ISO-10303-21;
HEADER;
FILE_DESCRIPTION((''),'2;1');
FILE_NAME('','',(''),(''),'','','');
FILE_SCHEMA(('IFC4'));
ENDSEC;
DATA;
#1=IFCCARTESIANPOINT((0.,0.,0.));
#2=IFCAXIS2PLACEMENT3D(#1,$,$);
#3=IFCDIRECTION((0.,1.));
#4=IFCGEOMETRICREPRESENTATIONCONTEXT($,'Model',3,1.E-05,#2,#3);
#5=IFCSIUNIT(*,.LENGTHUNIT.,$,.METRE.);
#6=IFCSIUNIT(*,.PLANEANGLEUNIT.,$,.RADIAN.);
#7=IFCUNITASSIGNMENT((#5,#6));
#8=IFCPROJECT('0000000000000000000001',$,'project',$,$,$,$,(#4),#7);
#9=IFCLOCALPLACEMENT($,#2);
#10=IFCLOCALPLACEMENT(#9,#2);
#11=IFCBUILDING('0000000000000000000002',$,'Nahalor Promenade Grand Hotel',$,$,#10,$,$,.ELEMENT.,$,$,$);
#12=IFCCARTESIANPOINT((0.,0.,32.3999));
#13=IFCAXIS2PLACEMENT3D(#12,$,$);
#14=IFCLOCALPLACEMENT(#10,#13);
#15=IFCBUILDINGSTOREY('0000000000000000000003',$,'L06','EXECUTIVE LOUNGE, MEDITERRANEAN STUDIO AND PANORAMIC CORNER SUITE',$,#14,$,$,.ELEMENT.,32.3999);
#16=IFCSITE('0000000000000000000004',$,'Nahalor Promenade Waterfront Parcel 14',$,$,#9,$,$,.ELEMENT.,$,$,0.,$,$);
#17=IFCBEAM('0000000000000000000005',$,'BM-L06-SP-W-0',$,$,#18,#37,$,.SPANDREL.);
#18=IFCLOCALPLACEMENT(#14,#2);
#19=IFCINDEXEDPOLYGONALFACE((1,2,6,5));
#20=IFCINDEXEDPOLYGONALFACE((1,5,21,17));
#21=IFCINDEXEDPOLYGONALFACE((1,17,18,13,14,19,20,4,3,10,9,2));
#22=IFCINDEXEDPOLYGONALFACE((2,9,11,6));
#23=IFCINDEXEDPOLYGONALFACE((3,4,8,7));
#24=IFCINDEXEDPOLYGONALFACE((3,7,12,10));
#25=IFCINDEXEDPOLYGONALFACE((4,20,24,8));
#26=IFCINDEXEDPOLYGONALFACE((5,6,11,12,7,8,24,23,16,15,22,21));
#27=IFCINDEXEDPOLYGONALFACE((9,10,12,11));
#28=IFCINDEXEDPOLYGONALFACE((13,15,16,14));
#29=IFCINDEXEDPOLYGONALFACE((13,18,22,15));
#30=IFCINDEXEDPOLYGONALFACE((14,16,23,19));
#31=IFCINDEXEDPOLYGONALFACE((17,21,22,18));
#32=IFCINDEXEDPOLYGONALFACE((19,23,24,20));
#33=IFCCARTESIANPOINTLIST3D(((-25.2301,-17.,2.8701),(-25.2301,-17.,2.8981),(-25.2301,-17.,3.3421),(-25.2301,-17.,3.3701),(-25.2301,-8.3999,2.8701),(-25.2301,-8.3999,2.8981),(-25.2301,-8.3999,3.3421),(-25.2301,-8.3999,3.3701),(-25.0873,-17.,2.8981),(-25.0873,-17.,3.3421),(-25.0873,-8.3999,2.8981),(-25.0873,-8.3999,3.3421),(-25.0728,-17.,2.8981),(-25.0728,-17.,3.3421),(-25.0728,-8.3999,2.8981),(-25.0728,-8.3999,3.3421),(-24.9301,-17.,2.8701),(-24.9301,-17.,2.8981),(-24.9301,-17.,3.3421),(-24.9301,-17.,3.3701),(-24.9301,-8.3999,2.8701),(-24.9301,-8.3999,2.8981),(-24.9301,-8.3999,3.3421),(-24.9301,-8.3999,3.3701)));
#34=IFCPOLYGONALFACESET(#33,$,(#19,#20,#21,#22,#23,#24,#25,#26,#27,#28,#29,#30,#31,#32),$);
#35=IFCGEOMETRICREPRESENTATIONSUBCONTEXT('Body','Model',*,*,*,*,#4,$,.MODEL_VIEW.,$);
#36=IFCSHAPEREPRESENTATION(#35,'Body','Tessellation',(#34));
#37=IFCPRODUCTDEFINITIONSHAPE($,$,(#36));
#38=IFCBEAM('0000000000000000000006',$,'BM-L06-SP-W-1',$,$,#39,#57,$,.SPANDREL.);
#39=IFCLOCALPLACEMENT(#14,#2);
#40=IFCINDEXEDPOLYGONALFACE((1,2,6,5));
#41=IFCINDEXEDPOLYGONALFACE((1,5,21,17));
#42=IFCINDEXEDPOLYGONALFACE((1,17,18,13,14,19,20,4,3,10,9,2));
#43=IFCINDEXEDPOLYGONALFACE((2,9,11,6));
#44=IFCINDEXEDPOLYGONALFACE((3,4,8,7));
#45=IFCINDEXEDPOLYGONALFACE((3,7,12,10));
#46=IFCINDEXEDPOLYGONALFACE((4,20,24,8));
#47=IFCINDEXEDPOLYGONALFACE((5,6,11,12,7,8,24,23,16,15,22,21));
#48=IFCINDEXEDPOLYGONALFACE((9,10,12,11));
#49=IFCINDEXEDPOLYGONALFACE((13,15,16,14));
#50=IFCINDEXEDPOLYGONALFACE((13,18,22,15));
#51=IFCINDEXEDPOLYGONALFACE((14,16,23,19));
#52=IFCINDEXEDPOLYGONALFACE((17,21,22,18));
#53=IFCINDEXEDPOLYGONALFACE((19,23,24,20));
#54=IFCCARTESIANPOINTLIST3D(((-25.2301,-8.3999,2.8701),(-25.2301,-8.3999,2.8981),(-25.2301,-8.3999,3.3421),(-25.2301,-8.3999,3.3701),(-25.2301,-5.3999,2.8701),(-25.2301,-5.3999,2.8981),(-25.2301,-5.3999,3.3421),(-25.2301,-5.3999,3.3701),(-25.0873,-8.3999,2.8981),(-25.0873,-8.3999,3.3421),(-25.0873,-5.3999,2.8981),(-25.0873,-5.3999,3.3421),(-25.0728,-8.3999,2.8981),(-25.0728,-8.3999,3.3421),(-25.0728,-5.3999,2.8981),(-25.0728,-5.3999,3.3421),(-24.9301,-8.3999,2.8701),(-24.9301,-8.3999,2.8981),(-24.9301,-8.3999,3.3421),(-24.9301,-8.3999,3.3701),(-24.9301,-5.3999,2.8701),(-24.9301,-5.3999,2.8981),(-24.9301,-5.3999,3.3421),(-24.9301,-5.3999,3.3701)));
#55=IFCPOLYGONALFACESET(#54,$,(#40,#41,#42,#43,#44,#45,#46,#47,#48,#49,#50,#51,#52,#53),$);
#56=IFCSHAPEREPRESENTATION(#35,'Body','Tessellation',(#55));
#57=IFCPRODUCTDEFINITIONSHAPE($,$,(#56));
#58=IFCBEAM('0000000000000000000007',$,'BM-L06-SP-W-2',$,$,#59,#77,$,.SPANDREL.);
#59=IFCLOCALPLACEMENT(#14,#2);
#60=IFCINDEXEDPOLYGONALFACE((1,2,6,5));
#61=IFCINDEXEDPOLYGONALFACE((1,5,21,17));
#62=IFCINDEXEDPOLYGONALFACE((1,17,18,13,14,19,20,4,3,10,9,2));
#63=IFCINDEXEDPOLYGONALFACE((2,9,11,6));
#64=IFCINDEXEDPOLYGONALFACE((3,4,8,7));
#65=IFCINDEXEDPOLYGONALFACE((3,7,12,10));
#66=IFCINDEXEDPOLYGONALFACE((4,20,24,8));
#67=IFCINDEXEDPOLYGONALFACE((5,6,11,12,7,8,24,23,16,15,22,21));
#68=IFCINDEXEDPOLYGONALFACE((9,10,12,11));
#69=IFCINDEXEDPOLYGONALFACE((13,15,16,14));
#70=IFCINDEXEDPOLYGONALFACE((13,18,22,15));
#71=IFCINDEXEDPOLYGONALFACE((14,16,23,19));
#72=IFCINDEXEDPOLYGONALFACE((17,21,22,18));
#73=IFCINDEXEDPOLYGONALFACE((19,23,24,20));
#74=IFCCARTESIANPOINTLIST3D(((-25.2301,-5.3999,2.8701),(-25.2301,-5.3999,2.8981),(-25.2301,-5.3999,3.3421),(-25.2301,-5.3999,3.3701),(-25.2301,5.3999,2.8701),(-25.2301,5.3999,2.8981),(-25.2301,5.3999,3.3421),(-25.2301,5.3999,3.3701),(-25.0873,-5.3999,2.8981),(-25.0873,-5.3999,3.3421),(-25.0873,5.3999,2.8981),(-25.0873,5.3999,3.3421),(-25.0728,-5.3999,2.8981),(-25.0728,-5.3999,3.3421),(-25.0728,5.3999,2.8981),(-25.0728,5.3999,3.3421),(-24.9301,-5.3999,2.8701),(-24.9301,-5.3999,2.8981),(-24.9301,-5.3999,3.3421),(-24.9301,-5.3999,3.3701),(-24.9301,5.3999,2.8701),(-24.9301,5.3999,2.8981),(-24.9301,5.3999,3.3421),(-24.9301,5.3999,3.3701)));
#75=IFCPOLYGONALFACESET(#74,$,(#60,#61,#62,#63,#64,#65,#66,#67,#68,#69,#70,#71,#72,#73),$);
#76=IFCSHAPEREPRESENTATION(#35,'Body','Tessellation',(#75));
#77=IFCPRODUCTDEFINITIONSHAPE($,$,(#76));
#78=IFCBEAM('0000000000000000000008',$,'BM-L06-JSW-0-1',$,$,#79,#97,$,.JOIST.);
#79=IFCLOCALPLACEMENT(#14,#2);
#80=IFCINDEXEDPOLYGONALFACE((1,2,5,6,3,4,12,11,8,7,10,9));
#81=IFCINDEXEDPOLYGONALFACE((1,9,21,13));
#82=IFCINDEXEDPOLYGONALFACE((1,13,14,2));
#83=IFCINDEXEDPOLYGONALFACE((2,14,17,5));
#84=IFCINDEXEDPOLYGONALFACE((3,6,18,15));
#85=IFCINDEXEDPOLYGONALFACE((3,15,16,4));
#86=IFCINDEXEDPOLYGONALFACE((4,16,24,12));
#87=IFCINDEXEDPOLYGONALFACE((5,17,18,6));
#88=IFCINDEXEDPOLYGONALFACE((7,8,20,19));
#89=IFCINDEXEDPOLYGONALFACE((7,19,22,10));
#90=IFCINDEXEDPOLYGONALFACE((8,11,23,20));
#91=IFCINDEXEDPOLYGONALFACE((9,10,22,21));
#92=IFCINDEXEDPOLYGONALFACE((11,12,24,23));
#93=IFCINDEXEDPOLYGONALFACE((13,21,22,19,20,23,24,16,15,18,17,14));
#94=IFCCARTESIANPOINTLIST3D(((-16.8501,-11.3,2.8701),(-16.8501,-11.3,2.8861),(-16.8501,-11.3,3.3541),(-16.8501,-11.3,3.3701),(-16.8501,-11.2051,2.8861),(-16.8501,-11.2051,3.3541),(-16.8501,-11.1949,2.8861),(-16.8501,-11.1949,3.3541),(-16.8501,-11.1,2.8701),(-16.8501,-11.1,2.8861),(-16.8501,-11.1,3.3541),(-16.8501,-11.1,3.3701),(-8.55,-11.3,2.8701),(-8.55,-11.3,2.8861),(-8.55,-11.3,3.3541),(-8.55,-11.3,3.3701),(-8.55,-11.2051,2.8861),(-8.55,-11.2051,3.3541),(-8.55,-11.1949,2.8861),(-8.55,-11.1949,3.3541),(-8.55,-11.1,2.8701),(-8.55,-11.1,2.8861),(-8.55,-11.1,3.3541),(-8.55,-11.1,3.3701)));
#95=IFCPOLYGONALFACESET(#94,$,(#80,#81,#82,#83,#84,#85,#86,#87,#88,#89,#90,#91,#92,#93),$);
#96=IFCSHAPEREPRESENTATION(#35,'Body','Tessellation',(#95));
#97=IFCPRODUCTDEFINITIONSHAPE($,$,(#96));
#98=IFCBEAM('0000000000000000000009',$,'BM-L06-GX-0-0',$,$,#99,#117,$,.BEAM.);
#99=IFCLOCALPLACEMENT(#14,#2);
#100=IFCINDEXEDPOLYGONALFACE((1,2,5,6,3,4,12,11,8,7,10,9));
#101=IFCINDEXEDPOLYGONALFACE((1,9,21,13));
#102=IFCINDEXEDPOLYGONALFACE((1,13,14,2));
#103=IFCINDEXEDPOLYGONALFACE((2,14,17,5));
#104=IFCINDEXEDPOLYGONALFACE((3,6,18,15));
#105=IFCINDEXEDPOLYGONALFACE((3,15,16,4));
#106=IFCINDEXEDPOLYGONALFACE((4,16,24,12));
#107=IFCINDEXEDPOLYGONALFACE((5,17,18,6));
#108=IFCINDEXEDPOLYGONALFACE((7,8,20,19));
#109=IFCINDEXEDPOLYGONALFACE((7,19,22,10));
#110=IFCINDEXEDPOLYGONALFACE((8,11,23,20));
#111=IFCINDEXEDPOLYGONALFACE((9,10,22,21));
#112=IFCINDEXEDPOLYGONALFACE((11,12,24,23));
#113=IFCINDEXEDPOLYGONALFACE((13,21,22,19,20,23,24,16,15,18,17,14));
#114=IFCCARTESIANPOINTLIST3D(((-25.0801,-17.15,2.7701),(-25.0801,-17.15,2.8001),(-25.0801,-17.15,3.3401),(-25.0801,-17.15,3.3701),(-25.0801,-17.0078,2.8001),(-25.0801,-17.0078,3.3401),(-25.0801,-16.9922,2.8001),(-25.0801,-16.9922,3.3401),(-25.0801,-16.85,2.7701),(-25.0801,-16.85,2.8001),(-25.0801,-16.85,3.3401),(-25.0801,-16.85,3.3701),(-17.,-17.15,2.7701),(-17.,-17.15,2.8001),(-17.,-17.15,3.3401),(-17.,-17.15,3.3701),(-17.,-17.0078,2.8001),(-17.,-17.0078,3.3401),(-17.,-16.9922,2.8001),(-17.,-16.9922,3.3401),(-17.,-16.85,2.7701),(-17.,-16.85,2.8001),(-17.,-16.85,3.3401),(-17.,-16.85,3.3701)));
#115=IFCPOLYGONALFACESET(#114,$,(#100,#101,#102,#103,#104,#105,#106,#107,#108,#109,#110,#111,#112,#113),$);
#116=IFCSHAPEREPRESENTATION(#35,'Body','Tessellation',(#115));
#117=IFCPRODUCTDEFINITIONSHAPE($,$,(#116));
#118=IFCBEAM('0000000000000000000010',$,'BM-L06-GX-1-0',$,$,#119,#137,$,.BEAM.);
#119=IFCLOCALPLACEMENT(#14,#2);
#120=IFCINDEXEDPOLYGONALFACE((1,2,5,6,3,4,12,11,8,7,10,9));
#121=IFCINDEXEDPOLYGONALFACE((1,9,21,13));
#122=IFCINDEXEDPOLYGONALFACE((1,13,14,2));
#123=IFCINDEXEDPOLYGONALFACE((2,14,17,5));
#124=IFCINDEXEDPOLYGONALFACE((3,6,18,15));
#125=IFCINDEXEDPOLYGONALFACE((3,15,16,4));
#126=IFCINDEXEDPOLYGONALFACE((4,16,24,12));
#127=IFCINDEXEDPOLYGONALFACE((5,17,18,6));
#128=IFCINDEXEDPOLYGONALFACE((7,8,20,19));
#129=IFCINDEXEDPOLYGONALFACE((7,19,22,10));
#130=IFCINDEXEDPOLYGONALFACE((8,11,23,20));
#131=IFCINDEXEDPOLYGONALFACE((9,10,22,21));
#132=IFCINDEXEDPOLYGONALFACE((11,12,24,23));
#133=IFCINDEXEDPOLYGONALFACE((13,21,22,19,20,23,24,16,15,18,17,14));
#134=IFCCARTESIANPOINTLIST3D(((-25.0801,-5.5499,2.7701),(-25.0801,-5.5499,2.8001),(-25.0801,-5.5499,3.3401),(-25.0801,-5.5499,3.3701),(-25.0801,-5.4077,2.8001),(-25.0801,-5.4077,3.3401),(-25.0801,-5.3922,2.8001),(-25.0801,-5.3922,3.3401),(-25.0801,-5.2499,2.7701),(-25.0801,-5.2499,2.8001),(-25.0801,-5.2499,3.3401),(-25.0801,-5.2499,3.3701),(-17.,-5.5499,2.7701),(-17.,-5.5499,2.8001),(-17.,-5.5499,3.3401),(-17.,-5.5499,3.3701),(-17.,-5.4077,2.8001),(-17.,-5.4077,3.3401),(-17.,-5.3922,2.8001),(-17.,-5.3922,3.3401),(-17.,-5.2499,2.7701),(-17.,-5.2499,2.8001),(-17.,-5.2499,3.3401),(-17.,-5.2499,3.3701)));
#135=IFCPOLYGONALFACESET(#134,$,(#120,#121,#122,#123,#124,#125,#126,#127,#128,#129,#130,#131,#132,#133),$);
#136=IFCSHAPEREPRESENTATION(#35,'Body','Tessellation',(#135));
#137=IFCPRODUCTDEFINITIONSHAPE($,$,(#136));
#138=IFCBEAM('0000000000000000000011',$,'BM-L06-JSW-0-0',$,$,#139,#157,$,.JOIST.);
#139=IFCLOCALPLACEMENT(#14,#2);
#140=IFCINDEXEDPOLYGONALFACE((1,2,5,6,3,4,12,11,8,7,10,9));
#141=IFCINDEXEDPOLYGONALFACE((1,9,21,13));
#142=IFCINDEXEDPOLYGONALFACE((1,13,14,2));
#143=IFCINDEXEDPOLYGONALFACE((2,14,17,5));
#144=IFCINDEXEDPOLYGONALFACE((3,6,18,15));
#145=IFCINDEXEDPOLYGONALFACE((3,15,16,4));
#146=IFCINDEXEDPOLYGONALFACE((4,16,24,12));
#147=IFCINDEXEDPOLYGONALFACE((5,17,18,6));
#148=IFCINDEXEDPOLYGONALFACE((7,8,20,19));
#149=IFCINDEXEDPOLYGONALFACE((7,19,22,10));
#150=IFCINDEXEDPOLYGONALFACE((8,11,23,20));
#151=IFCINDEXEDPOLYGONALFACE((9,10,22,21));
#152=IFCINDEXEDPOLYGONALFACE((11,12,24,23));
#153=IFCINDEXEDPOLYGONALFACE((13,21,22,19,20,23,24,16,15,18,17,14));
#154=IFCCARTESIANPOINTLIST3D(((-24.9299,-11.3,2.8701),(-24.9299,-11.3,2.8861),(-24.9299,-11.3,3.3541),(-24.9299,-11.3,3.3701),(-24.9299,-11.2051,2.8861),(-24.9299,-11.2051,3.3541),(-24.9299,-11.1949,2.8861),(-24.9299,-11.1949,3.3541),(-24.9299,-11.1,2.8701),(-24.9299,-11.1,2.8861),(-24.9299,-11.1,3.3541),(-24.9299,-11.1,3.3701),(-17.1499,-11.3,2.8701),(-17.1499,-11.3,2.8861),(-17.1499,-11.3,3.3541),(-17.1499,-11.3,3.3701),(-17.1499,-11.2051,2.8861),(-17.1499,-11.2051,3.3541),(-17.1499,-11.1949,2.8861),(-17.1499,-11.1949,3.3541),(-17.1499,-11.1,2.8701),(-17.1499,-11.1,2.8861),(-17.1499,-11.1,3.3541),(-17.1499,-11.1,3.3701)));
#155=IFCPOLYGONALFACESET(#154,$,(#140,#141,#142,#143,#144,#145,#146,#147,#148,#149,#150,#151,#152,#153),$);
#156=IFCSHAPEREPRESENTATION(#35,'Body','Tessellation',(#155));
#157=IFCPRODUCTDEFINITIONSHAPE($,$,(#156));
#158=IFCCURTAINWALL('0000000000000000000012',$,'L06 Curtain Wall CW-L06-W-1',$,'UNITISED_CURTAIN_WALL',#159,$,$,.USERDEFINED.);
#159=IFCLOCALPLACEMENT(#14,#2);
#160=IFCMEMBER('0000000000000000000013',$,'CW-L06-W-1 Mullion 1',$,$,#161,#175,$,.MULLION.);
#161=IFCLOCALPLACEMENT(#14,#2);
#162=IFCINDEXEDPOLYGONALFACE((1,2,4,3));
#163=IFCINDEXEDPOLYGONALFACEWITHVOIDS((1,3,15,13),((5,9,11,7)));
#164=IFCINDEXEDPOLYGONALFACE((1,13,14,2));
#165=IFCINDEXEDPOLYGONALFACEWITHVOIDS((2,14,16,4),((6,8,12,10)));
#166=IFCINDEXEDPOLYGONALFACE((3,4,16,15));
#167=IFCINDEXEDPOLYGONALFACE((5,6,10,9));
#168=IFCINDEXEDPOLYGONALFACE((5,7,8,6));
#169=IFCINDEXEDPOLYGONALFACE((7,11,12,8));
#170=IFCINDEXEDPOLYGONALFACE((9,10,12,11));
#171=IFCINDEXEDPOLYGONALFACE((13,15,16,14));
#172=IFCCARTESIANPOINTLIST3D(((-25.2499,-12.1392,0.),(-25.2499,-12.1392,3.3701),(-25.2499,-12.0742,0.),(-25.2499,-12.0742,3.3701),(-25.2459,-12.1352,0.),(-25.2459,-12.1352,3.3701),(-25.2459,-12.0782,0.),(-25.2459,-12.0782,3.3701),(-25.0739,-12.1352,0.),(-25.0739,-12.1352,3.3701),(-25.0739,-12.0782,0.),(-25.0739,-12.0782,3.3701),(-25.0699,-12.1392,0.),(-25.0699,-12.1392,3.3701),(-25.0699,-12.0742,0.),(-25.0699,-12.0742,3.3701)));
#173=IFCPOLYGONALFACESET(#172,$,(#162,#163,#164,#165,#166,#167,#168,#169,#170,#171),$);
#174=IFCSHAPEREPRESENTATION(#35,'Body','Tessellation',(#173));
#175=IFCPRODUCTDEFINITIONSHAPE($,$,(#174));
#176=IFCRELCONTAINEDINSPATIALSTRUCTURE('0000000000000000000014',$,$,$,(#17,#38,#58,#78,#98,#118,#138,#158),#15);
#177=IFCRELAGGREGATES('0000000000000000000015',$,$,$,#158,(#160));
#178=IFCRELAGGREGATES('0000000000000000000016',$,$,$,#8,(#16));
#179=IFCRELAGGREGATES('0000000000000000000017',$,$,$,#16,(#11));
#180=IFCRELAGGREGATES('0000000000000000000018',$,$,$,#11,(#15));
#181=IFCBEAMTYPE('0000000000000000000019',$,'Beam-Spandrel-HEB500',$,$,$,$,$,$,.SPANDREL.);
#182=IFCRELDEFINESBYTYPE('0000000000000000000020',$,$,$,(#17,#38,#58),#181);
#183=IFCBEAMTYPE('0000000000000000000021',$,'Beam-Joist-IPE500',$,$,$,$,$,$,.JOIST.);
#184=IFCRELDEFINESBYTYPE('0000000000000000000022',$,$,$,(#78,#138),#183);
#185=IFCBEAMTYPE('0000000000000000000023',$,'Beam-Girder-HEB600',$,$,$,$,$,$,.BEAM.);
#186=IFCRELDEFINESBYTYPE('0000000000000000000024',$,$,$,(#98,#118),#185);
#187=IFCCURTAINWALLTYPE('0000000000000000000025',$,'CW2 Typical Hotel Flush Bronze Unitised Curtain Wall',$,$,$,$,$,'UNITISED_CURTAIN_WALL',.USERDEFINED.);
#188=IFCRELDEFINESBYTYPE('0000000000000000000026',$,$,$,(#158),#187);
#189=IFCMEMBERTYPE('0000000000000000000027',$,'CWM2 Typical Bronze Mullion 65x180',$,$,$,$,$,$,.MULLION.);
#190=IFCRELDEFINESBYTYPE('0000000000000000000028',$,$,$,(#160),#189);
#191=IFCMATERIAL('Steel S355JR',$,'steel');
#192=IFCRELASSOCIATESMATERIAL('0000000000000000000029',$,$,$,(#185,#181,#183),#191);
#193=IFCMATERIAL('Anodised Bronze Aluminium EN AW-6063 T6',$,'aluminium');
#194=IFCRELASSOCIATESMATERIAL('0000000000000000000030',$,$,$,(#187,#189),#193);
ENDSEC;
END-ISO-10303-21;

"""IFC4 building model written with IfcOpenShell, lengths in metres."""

from ifc_helpers import new_model, si_unit, direction, frame, origin, origin_2d, place, context, subcontext, project, spatial, hollow_rectangle, i_section, extrude, source, transform, mapped, material, material_profile, profile_set, type_object, element, aggregate, save


model = new_model("IFC4")

# Units and contexts
model_context = context("Model", 3, precision=1e-05, world=origin(), true_north=direction((0.0, 1.0)))
body_context = subcontext(model_context, "Body", "Model", "MODEL_VIEW")
ifc_project = project(units=[si_unit("LENGTHUNIT", "METRE"), si_unit("PLANEANGLEUNIT", "RADIAN")], contexts=[model_context])

# Site, building, storey
site_placement = place(None, origin())
site = spatial("IfcSite", under=ifc_project, at=site_placement, Name="Nahalor Promenade Waterfront Parcel 14", CompositionType="ELEMENT", RefElevation=0.0)
building_placement = place(site_placement, origin())
building = spatial("IfcBuilding", under=site, at=building_placement, Name="Nahalor Promenade Grand Hotel", CompositionType="ELEMENT")
storey_placement = place(building_placement, frame((0.0, 0.0, 32.3999)))
storey = spatial("IfcBuildingStorey", under=building, at=storey_placement, Name="L06", Description="EXECUTIVE LOUNGE, MEDITERRANEAN STUDIO AND PANORAMIC CORNER SUITE", CompositionType="ELEMENT", Elevation=32.3999)

# Beams
ifc_material_1 = material(Name="Steel S355JR", Category="steel")
ifc_material_profile_1 = material_profile(ifc_material_1, i_section(OverallWidth=0.3, OverallDepth=0.6, WebThickness=0.0155, FlangeThickness=0.03, at=origin_2d()), Name="HEB 600")
ifc_profile_set_1 = profile_set([ifc_material_profile_1], Name="Steel S355JR")
beam_type_1 = type_object("IfcBeamType", Name="Beam-Girder-HEB600", PredefinedType="BEAM", material=ifc_profile_set_1)
ifc_material_profile_2 = material_profile(ifc_material_1, i_section(OverallWidth=0.3, OverallDepth=0.5, WebThickness=0.0145, FlangeThickness=0.028, at=origin_2d()), Name="HEB 500")
ifc_profile_set_2 = profile_set([ifc_material_profile_2], Name="Steel S355JR")
beam_type_2 = type_object("IfcBeamType", Name="Beam-Spandrel-HEB500", PredefinedType="SPANDREL", material=ifc_profile_set_2)
shared_shape_1 = source(origin(), body_context, "Body", "SweptSolid", [
    extrude(i_section(OverallWidth=0.3, OverallDepth=0.5, WebThickness=0.0145, FlangeThickness=0.028, at=origin_2d()), origin(), (0.0, 0.0, 1.0), 8.6001),
])
beam_1_placement = place(storey_placement, frame((-25.0801, -17.0, 3.1201), z_axis=(0.0, 1.0, 0.0), x_axis=(-1.0, 0.0, 0.0)))
element("IfcBeam", 1, at=beam_1_placement, inside=storey, type_object=beam_type_2, Name="BM-L06-SP-W-0", PredefinedType="SPANDREL", context=body_context, shape_type="MappedRepresentation", body=[
    mapped(shared_shape_1, transform((0.0, 0.0, 0.0), scale=1.0)),
])
shared_shape_2 = source(origin(), body_context, "Body", "SweptSolid", [
    extrude(i_section(OverallWidth=0.3, OverallDepth=0.5, WebThickness=0.0145, FlangeThickness=0.028, at=origin_2d()), origin(), (0.0, 0.0, 1.0), 3.0),
])
beam_2_placement = place(storey_placement, frame((-25.0801, -8.3999, 3.1201), z_axis=(0.0, 1.0, 0.0), x_axis=(-1.0, 0.0, 0.0)))
element("IfcBeam", 2, at=beam_2_placement, inside=storey, type_object=beam_type_2, Name="BM-L06-SP-W-1", PredefinedType="SPANDREL", context=body_context, shape_type="MappedRepresentation", body=[
    mapped(shared_shape_2, transform((0.0, 0.0, 0.0), scale=1.0)),
])
shared_shape_3 = source(origin(), body_context, "Body", "SweptSolid", [
    extrude(i_section(OverallWidth=0.3, OverallDepth=0.5, WebThickness=0.0145, FlangeThickness=0.028, at=origin_2d()), origin(), (0.0, 0.0, 1.0), 10.7998),
])
beam_3_placement = place(storey_placement, frame((-25.0801, -5.3999, 3.1201), z_axis=(0.0, 1.0, 0.0), x_axis=(-1.0, 0.0, 0.0)))
element("IfcBeam", 3, at=beam_3_placement, inside=storey, type_object=beam_type_2, Name="BM-L06-SP-W-2", PredefinedType="SPANDREL", context=body_context, shape_type="MappedRepresentation", body=[
    mapped(shared_shape_3, transform((0.0, 0.0, 0.0), scale=1.0)),
])
ifc_material_profile_3 = material_profile(ifc_material_1, i_section(OverallWidth=0.2, OverallDepth=0.5, WebThickness=0.0102, FlangeThickness=0.016, at=origin_2d()), Name="IPE 500")
ifc_profile_set_3 = profile_set([ifc_material_profile_3], Name="Steel S355JR")
beam_type_3 = type_object("IfcBeamType", Name="Beam-Joist-IPE500", PredefinedType="JOIST", material=ifc_profile_set_3)
shared_shape_4 = source(origin(), body_context, "Body", "SweptSolid", [
    extrude(i_section(OverallWidth=0.2, OverallDepth=0.5, WebThickness=0.0102, FlangeThickness=0.016, at=origin_2d()), origin(), (0.0, 0.0, 1.0), 8.3),
])
beam_4_placement = place(storey_placement, frame((-16.8501, -11.2, 3.1201), z_axis=(1.0, 0.0, 0.0), x_axis=(0.0, 1.0, 0.0)))
element("IfcBeam", 4, at=beam_4_placement, inside=storey, type_object=beam_type_3, Name="BM-L06-JSW-0-1", PredefinedType="JOIST", context=body_context, shape_type="MappedRepresentation", body=[
    mapped(shared_shape_4, transform((0.0, 0.0, 0.0), scale=1.0)),
])
shared_shape_5 = source(origin(), body_context, "Body", "SweptSolid", [
    extrude(i_section(OverallWidth=0.3, OverallDepth=0.6, WebThickness=0.0155, FlangeThickness=0.03, at=origin_2d()), origin(), (0.0, 0.0, 1.0), 8.0801),
])
for number, where, z_axis, x_axis, name in (
    (5, (-25.0801, -17.0, 3.0701), (1.0, 0.0, 0.0), (0.0, 1.0, 0.0), "BM-L06-GX-0-0"),
    (6, (-25.0801, -5.3999, 3.0701), (1.0, 0.0, 0.0), (0.0, 1.0, 0.0), "BM-L06-GX-1-0"),
):
    element("IfcBeam", number, at=place(storey_placement, frame(where, z_axis=z_axis, x_axis=x_axis)), inside=storey, type_object=beam_type_1, Name=name, PredefinedType="BEAM", context=body_context, shape_type="MappedRepresentation", body=[
        mapped(shared_shape_5, transform((0.0, 0.0, 0.0), scale=1.0)),
    ])
shared_shape_6 = source(origin(), body_context, "Body", "SweptSolid", [
    extrude(i_section(OverallWidth=0.2, OverallDepth=0.5, WebThickness=0.0102, FlangeThickness=0.016, at=origin_2d()), origin(), (0.0, 0.0, 1.0), 7.78),
])
beam_5_placement = place(storey_placement, frame((-24.9299, -11.2, 3.1201), z_axis=(1.0, 0.0, 0.0), x_axis=(0.0, 1.0, 0.0)))
element("IfcBeam", 7, at=beam_5_placement, inside=storey, type_object=beam_type_3, Name="BM-L06-JSW-0-0", PredefinedType="JOIST", context=body_context, shape_type="MappedRepresentation", body=[
    mapped(shared_shape_6, transform((0.0, 0.0, 0.0), scale=1.0)),
])

# Curtain wall, member
ifc_material_2 = material(Name="Anodised Bronze Aluminium EN AW-6063 T6", Category="aluminium")
curtain_wall_type = type_object("IfcCurtainWallType", Name="CW2 Typical Hotel Flush Bronze Unitised Curtain Wall", ElementType="UNITISED_CURTAIN_WALL", PredefinedType="USERDEFINED", material=ifc_material_2)
curtain_wall_placement = place(storey_placement, origin())
curtain_wall = element("IfcCurtainWall", 8, at=curtain_wall_placement, inside=storey, type_object=curtain_wall_type, Name="L06 Curtain Wall CW-L06-W-1", ObjectType="UNITISED_CURTAIN_WALL", PredefinedType="USERDEFINED")
ifc_material_profile_4 = material_profile(ifc_material_2, hollow_rectangle(XDim=0.065, YDim=0.18, WallThickness=0.004, at=origin_2d()), Name="CWM 65x180x4")
ifc_profile_set_4 = profile_set([ifc_material_profile_4], Name="Anodised Bronze Aluminium EN AW-6063 T6")
member_type_1 = type_object("IfcMemberType", Name="CWM2 Typical Bronze Mullion 65x180", PredefinedType="MULLION", material=ifc_profile_set_4)
shared_shape_7 = source(origin(), body_context, "Body", "SweptSolid", [
    extrude(hollow_rectangle(XDim=0.065, YDim=0.18, WallThickness=0.004, at=origin_2d()), origin(), (0.0, 0.0, 1.0), 3.3701),
])
member_1_placement = place(storey_placement, frame((-25.1599, -12.1067, 0.0), z_axis=(0.0, 0.0, 1.0), x_axis=(0.0, 1.0, 0.0)))
member_1 = element("IfcMember", 9, at=member_1_placement, type_object=member_type_1, Name="CW-L06-W-1 Mullion 1", PredefinedType="MULLION", context=body_context, shape_type="MappedRepresentation", body=[
    mapped(shared_shape_7, transform((0.0, 0.0, 0.0), scale=1.0)),
])
aggregate(curtain_wall, [member_1])

save(model, "model.ifc")
